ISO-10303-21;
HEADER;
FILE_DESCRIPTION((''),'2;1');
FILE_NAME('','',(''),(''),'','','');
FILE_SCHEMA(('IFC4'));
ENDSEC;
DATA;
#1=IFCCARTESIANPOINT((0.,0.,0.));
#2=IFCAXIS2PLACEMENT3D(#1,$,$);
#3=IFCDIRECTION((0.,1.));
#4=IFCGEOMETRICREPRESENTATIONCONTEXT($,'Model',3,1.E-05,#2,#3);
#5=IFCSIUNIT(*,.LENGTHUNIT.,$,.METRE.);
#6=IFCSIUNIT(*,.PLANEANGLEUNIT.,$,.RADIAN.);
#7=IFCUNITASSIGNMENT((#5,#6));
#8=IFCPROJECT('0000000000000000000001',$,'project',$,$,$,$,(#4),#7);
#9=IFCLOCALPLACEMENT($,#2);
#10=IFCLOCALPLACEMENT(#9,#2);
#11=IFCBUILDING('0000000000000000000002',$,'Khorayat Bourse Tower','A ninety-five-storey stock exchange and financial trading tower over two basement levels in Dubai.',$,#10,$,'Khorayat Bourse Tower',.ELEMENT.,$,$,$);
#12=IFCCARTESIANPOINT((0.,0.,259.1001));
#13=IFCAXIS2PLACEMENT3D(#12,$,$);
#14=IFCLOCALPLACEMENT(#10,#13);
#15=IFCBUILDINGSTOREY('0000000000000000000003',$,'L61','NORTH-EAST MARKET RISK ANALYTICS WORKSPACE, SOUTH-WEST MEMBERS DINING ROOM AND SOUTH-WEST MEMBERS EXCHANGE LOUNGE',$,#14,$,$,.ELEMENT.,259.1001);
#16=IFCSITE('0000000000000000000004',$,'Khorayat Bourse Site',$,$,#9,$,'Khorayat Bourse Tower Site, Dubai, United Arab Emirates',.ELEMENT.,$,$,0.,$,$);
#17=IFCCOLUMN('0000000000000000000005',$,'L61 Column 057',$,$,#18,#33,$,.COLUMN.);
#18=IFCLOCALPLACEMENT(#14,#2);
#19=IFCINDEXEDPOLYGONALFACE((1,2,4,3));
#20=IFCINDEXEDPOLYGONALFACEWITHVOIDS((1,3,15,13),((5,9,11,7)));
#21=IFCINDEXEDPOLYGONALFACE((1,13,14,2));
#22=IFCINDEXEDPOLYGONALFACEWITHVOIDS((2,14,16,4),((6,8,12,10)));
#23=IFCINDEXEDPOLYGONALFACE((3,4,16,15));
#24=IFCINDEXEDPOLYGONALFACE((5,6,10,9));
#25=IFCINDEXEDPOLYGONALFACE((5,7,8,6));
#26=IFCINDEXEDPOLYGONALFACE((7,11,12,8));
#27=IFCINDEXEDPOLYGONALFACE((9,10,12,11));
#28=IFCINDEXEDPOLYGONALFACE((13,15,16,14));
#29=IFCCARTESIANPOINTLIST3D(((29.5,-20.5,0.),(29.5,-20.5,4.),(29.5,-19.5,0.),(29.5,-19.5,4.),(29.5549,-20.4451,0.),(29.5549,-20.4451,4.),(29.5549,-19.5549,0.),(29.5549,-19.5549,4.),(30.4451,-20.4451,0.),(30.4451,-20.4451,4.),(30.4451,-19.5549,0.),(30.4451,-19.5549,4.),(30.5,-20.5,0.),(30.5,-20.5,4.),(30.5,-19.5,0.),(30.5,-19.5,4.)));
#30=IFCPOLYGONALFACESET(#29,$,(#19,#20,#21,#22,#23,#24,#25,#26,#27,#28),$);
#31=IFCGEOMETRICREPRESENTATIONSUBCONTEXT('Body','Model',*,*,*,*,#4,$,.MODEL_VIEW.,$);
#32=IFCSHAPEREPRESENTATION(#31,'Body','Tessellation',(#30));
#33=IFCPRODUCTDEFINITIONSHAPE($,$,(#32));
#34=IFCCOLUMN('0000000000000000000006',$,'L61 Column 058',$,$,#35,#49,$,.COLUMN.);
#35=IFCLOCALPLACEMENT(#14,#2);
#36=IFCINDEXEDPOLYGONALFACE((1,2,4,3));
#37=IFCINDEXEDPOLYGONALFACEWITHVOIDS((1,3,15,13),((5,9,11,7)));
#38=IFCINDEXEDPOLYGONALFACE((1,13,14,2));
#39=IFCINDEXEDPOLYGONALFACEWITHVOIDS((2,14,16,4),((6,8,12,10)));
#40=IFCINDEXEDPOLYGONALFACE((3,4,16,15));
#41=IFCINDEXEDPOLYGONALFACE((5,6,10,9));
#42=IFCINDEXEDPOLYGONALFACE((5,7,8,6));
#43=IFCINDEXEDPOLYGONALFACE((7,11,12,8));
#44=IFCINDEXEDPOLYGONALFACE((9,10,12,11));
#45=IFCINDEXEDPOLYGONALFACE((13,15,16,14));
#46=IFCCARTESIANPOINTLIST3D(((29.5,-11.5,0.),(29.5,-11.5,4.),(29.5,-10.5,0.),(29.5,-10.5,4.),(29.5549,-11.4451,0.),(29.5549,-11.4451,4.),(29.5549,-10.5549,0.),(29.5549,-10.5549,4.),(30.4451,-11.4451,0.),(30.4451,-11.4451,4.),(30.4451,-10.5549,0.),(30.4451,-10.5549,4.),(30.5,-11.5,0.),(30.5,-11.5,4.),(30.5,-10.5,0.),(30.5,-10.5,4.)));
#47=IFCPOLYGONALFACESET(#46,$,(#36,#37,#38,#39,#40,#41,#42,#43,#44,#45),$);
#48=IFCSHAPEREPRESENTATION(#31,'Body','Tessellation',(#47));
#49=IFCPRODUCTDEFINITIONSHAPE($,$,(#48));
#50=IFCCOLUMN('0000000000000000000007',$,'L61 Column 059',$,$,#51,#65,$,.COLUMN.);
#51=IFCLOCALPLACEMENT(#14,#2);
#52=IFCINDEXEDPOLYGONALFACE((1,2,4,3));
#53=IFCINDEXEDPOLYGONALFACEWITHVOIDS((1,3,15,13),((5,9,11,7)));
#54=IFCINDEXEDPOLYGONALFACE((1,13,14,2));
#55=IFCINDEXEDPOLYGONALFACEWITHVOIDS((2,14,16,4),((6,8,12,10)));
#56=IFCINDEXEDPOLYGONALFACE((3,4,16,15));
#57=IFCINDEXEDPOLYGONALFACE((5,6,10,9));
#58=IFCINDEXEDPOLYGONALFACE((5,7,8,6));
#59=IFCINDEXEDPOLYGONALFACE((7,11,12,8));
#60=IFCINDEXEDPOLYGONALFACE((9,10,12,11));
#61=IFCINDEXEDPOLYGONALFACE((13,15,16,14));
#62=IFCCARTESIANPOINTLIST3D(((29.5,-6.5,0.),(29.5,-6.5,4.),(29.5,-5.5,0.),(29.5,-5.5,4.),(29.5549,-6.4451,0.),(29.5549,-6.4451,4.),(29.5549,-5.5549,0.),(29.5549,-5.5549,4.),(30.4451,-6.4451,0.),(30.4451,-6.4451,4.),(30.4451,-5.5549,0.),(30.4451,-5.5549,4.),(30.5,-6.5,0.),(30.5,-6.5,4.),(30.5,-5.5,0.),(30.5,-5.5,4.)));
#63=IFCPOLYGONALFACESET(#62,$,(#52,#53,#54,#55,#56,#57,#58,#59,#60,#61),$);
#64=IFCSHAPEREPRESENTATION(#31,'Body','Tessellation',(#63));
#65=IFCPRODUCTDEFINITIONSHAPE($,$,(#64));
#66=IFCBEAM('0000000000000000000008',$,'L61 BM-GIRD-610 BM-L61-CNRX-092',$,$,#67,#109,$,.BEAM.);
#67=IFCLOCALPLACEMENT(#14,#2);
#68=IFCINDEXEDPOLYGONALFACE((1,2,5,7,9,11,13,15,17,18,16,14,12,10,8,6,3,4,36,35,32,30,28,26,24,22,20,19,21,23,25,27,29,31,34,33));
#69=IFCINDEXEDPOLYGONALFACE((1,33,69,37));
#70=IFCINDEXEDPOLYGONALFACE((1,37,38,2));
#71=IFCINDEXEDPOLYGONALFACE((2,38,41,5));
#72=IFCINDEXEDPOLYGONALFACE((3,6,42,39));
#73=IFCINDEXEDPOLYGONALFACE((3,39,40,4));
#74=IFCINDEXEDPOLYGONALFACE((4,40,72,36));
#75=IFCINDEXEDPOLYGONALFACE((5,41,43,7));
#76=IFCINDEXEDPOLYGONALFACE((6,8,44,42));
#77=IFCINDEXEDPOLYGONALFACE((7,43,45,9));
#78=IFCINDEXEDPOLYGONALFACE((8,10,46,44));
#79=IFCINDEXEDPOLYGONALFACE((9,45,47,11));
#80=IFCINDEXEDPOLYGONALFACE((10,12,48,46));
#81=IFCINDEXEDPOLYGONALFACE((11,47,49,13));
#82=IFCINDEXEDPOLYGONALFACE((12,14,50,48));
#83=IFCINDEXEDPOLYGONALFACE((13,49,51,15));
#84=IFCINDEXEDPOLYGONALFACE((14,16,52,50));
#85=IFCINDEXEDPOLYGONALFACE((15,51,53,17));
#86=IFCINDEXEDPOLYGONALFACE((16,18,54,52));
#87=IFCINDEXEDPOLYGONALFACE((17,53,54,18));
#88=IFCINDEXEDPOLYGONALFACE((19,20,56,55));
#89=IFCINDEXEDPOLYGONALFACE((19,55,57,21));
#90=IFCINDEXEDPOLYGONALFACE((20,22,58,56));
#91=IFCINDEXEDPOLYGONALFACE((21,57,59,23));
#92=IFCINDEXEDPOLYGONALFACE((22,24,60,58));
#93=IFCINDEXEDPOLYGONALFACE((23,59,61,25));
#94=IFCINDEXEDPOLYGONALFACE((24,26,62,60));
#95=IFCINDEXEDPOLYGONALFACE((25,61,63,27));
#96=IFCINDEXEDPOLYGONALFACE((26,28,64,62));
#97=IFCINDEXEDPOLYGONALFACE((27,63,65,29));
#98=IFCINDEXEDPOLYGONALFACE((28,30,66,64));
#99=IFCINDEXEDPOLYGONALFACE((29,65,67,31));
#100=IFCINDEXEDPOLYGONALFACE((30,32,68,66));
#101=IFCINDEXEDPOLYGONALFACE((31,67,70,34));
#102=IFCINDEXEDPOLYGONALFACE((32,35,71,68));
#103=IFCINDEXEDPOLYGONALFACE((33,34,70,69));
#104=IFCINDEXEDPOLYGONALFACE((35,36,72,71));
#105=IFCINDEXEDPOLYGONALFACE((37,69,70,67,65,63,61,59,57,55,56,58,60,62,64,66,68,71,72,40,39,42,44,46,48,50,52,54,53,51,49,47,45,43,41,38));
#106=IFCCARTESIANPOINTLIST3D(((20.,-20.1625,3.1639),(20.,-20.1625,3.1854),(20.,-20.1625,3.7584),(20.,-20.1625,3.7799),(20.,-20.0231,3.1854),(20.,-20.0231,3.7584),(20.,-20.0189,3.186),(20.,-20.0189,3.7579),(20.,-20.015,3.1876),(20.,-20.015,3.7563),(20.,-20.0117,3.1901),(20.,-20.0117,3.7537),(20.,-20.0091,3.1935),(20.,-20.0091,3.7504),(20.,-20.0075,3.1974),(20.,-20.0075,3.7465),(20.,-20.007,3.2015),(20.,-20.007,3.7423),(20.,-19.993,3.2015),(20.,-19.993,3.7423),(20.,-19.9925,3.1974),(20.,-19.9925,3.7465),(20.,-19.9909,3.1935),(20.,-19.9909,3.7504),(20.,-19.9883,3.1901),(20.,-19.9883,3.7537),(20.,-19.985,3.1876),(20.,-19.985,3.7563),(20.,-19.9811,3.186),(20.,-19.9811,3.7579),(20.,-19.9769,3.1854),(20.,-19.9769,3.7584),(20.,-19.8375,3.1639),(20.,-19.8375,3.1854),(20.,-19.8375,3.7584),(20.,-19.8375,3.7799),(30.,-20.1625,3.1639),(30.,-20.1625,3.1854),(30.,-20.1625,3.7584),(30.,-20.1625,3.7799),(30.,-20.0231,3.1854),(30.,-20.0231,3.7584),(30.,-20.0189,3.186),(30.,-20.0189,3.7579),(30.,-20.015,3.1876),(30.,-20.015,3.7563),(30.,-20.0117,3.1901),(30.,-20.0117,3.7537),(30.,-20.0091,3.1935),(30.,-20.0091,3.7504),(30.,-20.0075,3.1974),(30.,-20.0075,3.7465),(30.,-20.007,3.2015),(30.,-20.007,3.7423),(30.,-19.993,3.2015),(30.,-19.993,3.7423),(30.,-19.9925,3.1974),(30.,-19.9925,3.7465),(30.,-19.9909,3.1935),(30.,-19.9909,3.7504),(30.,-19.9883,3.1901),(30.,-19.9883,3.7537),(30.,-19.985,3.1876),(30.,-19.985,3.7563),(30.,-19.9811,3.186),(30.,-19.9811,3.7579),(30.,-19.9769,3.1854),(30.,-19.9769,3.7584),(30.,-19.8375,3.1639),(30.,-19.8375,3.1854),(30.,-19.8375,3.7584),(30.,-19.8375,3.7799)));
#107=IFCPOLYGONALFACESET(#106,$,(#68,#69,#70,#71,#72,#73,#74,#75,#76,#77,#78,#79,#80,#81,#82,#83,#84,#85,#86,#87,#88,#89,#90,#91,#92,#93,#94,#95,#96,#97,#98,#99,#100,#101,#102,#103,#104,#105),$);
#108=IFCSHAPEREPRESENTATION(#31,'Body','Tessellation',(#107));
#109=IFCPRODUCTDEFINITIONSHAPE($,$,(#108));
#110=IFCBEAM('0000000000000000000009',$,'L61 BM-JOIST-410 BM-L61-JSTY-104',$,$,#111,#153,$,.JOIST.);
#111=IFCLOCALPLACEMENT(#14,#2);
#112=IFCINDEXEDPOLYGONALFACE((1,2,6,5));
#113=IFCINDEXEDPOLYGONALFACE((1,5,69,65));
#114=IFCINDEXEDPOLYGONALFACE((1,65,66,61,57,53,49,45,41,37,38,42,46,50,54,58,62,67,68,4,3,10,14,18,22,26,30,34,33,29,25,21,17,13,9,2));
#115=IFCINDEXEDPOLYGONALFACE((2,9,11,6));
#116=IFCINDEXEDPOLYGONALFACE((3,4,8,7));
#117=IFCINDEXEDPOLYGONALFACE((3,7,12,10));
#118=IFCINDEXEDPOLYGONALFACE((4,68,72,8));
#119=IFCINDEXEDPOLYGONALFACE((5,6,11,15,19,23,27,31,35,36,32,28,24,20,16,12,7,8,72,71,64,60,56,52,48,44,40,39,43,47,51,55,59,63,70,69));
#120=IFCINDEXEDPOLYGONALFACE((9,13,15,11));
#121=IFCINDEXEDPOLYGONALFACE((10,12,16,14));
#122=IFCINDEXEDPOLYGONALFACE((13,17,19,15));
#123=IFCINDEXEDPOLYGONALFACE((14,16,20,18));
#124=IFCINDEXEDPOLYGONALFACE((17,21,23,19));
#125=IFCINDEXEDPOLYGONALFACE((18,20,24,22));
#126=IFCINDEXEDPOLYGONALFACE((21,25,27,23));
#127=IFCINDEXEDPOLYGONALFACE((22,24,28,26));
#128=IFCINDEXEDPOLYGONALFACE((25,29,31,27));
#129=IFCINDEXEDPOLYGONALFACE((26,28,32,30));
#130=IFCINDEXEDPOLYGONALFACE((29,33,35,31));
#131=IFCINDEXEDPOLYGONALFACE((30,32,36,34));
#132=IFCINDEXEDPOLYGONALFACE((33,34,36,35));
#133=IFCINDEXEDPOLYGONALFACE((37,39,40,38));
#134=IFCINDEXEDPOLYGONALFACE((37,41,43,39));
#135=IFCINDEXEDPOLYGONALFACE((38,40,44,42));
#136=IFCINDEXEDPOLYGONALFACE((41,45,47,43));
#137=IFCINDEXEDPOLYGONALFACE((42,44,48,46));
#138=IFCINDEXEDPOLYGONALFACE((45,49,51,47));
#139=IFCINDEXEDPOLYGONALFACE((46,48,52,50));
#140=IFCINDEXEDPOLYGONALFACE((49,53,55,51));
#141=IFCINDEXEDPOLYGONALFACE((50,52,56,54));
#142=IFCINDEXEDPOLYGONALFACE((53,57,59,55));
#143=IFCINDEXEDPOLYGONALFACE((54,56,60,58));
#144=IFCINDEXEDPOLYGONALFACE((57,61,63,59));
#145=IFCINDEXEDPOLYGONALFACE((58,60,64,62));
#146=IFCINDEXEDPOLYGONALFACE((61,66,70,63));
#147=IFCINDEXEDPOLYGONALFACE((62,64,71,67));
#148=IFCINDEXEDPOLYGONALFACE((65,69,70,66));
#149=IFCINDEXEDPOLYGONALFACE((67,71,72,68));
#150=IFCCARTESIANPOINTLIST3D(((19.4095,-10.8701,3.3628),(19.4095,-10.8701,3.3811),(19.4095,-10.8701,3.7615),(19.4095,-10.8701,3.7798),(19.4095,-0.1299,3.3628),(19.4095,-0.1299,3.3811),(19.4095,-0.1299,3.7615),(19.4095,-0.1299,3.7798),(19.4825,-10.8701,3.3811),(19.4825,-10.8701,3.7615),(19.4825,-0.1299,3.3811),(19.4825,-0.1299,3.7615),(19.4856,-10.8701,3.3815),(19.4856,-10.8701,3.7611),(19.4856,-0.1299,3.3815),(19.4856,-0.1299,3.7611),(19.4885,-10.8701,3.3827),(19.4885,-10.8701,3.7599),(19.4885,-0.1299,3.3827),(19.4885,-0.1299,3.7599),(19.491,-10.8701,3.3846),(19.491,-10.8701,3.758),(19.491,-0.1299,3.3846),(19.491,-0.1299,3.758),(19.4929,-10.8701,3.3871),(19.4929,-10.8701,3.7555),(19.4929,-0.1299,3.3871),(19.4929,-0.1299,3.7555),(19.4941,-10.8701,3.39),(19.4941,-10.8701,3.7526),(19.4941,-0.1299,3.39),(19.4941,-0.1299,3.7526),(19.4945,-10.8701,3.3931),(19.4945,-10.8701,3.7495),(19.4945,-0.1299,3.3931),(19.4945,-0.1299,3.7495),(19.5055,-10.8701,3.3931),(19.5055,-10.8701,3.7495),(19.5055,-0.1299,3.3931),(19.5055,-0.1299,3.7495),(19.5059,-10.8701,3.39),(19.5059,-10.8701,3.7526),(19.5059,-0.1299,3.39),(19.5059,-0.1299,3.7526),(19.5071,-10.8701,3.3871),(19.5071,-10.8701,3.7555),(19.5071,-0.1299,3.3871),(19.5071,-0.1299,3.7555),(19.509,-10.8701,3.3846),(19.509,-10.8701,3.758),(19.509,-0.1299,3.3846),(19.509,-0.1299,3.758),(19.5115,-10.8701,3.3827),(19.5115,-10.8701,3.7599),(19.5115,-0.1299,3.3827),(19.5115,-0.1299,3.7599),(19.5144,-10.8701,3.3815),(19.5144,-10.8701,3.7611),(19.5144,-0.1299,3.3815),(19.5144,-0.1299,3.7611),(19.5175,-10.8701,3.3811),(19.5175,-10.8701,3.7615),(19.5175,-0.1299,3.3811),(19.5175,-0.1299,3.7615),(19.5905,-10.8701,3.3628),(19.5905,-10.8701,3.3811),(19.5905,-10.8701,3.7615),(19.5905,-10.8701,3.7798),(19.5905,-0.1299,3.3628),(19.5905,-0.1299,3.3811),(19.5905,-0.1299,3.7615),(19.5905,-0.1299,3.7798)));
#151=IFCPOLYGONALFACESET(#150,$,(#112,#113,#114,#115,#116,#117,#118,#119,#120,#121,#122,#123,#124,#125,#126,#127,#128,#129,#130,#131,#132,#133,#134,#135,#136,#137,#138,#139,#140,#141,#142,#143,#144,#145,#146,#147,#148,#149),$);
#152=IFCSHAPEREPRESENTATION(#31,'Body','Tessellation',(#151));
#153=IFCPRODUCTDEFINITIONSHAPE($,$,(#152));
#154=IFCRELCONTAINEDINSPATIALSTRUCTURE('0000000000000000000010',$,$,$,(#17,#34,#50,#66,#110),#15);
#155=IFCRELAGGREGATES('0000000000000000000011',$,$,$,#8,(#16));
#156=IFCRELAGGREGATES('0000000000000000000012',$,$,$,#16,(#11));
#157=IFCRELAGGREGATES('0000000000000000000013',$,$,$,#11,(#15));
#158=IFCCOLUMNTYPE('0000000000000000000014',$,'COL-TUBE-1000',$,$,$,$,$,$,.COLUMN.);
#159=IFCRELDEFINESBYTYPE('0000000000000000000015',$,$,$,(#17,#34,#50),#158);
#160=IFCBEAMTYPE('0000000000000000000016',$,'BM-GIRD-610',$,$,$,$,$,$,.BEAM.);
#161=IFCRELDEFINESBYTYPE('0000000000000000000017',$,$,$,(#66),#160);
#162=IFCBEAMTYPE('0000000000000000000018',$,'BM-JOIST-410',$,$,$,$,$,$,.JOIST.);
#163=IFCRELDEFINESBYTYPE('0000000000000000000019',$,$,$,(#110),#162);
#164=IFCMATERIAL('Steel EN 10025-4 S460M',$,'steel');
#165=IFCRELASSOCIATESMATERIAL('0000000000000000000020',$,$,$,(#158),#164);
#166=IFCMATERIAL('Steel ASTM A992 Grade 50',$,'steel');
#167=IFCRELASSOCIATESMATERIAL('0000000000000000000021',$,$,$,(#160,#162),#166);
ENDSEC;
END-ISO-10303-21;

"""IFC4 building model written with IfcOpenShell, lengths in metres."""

from ifc_helpers import new_model, si_unit, direction, frame, origin, origin_2d, place, context, subcontext, project, spatial, hollow_rectangle, i_section, extrude, source, transform, mapped, material, material_profile, profile_set, type_object, element, save


model = new_model("IFC4")

# Units and contexts
model_context = context("Model", 3, precision=1e-05, world=origin(), true_north=direction((0.0, 1.0)))
body_context = subcontext(model_context, "Body", "Model", "MODEL_VIEW")
ifc_project = project(units=[si_unit("LENGTHUNIT", "METRE"), si_unit("PLANEANGLEUNIT", "RADIAN")], contexts=[model_context])

# Site, building, storey
site_placement = place(None, origin())
site = spatial("IfcSite", under=ifc_project, at=site_placement, Name="Khorayat Bourse Site", LongName="Khorayat Bourse Tower Site, Dubai, United Arab Emirates", CompositionType="ELEMENT", RefElevation=0.0)
building_placement = place(site_placement, origin())
building = spatial("IfcBuilding", under=site, at=building_placement, Name="Khorayat Bourse Tower", Description="A ninety-five-storey stock exchange and financial trading tower over two basement levels in Dubai.", LongName="Khorayat Bourse Tower", CompositionType="ELEMENT")
storey_placement = place(building_placement, frame((0.0, 0.0, 259.1001)))
storey = spatial("IfcBuildingStorey", under=building, at=storey_placement, Name="L61", Description="NORTH-EAST MARKET RISK ANALYTICS WORKSPACE, SOUTH-WEST MEMBERS DINING ROOM AND SOUTH-WEST MEMBERS EXCHANGE LOUNGE", CompositionType="ELEMENT", Elevation=259.1001)

# Columns
ifc_material_1 = material(Name="Steel EN 10025-4 S460M", Category="steel")
ifc_material_profile_1 = material_profile(ifc_material_1, hollow_rectangle(XDim=1.0, YDim=1.0, WallThickness=0.0549, at=origin_2d()), Name="BOX 1000x1000x55")
ifc_profile_set_1 = profile_set([ifc_material_profile_1], Name="Steel EN 10025-4 S460M")
column_type = type_object("IfcColumnType", Name="COL-TUBE-1000", PredefinedType="COLUMN", material=ifc_profile_set_1)
shared_shape_1 = source(origin(), body_context, "Body", "SweptSolid", [
    extrude(hollow_rectangle(XDim=1.0, YDim=1.0, WallThickness=0.0549, at=origin_2d()), origin(), (0.0, 0.0, 1.0), 4.0),
])
for number, where, z_axis, x_axis, name in (
    (1, (30.0, -20.0, 0.0), (0.0, 0.0, 1.0), (1.0, 0.0, 0.0), "L61 Column 057"),
    (2, (30.0, -11.0, 0.0), (0.0, 0.0, 1.0), (1.0, 0.0, 0.0), "L61 Column 058"),
    (3, (30.0, -6.0, 0.0), (0.0, 0.0, 1.0), (1.0, 0.0, 0.0), "L61 Column 059"),
):
    element("IfcColumn", number, at=place(storey_placement, frame(where, z_axis=z_axis, x_axis=x_axis)), inside=storey, type_object=column_type, Name=name, PredefinedType="COLUMN", context=body_context, shape_type="MappedRepresentation", body=[
        mapped(shared_shape_1, transform((0.0, 0.0, 0.0), scale=1.0)),
    ])

# Beams
ifc_material_2 = material(Name="Steel ASTM A992 Grade 50", Category="steel")
ifc_material_profile_2 = material_profile(ifc_material_2, i_section(OverallWidth=0.325, OverallDepth=0.616, WebThickness=0.0139, FlangeThickness=0.0215, FilletRadius=0.0161, at=origin_2d()), Name="W610X174")
ifc_profile_set_2 = profile_set([ifc_material_profile_2], Name="Steel ASTM A992 Grade 50")
beam_type_1 = type_object("IfcBeamType", Name="BM-GIRD-610", PredefinedType="BEAM", material=ifc_profile_set_2)
shared_shape_2 = source(origin(), body_context, "Body", "SweptSolid", [
    extrude(i_section(OverallWidth=0.325, OverallDepth=0.616, WebThickness=0.0139, FlangeThickness=0.0215, FilletRadius=0.0161, at=origin_2d()), origin(), (0.0, 0.0, 1.0), 10.0),
])
beam_1_placement = place(storey_placement, frame((20.0, -20.0, 3.4719), z_axis=(1.0, 0.0, 0.0), x_axis=(0.0, 1.0, 0.0)))
element("IfcBeam", 4, at=beam_1_placement, inside=storey, type_object=beam_type_1, Name="L61 BM-GIRD-610 BM-L61-CNRX-092", PredefinedType="BEAM", context=body_context, shape_type="MappedRepresentation", body=[
    mapped(shared_shape_2, transform((0.0, 0.0, 0.0), scale=1.0)),
])
ifc_material_profile_3 = material_profile(ifc_material_2, i_section(OverallWidth=0.1809, OverallDepth=0.417, WebThickness=0.011, FlangeThickness=0.0183, FilletRadius=0.012, at=origin_2d()), Name="W410X85")
ifc_profile_set_3 = profile_set([ifc_material_profile_3], Name="Steel ASTM A992 Grade 50")
beam_type_2 = type_object("IfcBeamType", Name="BM-JOIST-410", PredefinedType="JOIST", material=ifc_profile_set_3)
shared_shape_3 = source(origin(), body_context, "Body", "SweptSolid", [
    extrude(i_section(OverallWidth=0.1809, OverallDepth=0.417, WebThickness=0.011, FlangeThickness=0.0183, FilletRadius=0.012, at=origin_2d()), origin(), (0.0, 0.0, 1.0), 10.7402),
])
beam_2_placement = place(storey_placement, frame((19.5, -10.8701, 3.5713), z_axis=(0.0, 1.0, 0.0), x_axis=(-1.0, 0.0, 0.0)))
element("IfcBeam", 5, at=beam_2_placement, inside=storey, type_object=beam_type_2, Name="L61 BM-JOIST-410 BM-L61-JSTY-104", PredefinedType="JOIST", context=body_context, shape_type="MappedRepresentation", body=[
    mapped(shared_shape_3, transform((0.0, 0.0, 0.0), scale=1.0)),
])

save(model, "model.ifc")
